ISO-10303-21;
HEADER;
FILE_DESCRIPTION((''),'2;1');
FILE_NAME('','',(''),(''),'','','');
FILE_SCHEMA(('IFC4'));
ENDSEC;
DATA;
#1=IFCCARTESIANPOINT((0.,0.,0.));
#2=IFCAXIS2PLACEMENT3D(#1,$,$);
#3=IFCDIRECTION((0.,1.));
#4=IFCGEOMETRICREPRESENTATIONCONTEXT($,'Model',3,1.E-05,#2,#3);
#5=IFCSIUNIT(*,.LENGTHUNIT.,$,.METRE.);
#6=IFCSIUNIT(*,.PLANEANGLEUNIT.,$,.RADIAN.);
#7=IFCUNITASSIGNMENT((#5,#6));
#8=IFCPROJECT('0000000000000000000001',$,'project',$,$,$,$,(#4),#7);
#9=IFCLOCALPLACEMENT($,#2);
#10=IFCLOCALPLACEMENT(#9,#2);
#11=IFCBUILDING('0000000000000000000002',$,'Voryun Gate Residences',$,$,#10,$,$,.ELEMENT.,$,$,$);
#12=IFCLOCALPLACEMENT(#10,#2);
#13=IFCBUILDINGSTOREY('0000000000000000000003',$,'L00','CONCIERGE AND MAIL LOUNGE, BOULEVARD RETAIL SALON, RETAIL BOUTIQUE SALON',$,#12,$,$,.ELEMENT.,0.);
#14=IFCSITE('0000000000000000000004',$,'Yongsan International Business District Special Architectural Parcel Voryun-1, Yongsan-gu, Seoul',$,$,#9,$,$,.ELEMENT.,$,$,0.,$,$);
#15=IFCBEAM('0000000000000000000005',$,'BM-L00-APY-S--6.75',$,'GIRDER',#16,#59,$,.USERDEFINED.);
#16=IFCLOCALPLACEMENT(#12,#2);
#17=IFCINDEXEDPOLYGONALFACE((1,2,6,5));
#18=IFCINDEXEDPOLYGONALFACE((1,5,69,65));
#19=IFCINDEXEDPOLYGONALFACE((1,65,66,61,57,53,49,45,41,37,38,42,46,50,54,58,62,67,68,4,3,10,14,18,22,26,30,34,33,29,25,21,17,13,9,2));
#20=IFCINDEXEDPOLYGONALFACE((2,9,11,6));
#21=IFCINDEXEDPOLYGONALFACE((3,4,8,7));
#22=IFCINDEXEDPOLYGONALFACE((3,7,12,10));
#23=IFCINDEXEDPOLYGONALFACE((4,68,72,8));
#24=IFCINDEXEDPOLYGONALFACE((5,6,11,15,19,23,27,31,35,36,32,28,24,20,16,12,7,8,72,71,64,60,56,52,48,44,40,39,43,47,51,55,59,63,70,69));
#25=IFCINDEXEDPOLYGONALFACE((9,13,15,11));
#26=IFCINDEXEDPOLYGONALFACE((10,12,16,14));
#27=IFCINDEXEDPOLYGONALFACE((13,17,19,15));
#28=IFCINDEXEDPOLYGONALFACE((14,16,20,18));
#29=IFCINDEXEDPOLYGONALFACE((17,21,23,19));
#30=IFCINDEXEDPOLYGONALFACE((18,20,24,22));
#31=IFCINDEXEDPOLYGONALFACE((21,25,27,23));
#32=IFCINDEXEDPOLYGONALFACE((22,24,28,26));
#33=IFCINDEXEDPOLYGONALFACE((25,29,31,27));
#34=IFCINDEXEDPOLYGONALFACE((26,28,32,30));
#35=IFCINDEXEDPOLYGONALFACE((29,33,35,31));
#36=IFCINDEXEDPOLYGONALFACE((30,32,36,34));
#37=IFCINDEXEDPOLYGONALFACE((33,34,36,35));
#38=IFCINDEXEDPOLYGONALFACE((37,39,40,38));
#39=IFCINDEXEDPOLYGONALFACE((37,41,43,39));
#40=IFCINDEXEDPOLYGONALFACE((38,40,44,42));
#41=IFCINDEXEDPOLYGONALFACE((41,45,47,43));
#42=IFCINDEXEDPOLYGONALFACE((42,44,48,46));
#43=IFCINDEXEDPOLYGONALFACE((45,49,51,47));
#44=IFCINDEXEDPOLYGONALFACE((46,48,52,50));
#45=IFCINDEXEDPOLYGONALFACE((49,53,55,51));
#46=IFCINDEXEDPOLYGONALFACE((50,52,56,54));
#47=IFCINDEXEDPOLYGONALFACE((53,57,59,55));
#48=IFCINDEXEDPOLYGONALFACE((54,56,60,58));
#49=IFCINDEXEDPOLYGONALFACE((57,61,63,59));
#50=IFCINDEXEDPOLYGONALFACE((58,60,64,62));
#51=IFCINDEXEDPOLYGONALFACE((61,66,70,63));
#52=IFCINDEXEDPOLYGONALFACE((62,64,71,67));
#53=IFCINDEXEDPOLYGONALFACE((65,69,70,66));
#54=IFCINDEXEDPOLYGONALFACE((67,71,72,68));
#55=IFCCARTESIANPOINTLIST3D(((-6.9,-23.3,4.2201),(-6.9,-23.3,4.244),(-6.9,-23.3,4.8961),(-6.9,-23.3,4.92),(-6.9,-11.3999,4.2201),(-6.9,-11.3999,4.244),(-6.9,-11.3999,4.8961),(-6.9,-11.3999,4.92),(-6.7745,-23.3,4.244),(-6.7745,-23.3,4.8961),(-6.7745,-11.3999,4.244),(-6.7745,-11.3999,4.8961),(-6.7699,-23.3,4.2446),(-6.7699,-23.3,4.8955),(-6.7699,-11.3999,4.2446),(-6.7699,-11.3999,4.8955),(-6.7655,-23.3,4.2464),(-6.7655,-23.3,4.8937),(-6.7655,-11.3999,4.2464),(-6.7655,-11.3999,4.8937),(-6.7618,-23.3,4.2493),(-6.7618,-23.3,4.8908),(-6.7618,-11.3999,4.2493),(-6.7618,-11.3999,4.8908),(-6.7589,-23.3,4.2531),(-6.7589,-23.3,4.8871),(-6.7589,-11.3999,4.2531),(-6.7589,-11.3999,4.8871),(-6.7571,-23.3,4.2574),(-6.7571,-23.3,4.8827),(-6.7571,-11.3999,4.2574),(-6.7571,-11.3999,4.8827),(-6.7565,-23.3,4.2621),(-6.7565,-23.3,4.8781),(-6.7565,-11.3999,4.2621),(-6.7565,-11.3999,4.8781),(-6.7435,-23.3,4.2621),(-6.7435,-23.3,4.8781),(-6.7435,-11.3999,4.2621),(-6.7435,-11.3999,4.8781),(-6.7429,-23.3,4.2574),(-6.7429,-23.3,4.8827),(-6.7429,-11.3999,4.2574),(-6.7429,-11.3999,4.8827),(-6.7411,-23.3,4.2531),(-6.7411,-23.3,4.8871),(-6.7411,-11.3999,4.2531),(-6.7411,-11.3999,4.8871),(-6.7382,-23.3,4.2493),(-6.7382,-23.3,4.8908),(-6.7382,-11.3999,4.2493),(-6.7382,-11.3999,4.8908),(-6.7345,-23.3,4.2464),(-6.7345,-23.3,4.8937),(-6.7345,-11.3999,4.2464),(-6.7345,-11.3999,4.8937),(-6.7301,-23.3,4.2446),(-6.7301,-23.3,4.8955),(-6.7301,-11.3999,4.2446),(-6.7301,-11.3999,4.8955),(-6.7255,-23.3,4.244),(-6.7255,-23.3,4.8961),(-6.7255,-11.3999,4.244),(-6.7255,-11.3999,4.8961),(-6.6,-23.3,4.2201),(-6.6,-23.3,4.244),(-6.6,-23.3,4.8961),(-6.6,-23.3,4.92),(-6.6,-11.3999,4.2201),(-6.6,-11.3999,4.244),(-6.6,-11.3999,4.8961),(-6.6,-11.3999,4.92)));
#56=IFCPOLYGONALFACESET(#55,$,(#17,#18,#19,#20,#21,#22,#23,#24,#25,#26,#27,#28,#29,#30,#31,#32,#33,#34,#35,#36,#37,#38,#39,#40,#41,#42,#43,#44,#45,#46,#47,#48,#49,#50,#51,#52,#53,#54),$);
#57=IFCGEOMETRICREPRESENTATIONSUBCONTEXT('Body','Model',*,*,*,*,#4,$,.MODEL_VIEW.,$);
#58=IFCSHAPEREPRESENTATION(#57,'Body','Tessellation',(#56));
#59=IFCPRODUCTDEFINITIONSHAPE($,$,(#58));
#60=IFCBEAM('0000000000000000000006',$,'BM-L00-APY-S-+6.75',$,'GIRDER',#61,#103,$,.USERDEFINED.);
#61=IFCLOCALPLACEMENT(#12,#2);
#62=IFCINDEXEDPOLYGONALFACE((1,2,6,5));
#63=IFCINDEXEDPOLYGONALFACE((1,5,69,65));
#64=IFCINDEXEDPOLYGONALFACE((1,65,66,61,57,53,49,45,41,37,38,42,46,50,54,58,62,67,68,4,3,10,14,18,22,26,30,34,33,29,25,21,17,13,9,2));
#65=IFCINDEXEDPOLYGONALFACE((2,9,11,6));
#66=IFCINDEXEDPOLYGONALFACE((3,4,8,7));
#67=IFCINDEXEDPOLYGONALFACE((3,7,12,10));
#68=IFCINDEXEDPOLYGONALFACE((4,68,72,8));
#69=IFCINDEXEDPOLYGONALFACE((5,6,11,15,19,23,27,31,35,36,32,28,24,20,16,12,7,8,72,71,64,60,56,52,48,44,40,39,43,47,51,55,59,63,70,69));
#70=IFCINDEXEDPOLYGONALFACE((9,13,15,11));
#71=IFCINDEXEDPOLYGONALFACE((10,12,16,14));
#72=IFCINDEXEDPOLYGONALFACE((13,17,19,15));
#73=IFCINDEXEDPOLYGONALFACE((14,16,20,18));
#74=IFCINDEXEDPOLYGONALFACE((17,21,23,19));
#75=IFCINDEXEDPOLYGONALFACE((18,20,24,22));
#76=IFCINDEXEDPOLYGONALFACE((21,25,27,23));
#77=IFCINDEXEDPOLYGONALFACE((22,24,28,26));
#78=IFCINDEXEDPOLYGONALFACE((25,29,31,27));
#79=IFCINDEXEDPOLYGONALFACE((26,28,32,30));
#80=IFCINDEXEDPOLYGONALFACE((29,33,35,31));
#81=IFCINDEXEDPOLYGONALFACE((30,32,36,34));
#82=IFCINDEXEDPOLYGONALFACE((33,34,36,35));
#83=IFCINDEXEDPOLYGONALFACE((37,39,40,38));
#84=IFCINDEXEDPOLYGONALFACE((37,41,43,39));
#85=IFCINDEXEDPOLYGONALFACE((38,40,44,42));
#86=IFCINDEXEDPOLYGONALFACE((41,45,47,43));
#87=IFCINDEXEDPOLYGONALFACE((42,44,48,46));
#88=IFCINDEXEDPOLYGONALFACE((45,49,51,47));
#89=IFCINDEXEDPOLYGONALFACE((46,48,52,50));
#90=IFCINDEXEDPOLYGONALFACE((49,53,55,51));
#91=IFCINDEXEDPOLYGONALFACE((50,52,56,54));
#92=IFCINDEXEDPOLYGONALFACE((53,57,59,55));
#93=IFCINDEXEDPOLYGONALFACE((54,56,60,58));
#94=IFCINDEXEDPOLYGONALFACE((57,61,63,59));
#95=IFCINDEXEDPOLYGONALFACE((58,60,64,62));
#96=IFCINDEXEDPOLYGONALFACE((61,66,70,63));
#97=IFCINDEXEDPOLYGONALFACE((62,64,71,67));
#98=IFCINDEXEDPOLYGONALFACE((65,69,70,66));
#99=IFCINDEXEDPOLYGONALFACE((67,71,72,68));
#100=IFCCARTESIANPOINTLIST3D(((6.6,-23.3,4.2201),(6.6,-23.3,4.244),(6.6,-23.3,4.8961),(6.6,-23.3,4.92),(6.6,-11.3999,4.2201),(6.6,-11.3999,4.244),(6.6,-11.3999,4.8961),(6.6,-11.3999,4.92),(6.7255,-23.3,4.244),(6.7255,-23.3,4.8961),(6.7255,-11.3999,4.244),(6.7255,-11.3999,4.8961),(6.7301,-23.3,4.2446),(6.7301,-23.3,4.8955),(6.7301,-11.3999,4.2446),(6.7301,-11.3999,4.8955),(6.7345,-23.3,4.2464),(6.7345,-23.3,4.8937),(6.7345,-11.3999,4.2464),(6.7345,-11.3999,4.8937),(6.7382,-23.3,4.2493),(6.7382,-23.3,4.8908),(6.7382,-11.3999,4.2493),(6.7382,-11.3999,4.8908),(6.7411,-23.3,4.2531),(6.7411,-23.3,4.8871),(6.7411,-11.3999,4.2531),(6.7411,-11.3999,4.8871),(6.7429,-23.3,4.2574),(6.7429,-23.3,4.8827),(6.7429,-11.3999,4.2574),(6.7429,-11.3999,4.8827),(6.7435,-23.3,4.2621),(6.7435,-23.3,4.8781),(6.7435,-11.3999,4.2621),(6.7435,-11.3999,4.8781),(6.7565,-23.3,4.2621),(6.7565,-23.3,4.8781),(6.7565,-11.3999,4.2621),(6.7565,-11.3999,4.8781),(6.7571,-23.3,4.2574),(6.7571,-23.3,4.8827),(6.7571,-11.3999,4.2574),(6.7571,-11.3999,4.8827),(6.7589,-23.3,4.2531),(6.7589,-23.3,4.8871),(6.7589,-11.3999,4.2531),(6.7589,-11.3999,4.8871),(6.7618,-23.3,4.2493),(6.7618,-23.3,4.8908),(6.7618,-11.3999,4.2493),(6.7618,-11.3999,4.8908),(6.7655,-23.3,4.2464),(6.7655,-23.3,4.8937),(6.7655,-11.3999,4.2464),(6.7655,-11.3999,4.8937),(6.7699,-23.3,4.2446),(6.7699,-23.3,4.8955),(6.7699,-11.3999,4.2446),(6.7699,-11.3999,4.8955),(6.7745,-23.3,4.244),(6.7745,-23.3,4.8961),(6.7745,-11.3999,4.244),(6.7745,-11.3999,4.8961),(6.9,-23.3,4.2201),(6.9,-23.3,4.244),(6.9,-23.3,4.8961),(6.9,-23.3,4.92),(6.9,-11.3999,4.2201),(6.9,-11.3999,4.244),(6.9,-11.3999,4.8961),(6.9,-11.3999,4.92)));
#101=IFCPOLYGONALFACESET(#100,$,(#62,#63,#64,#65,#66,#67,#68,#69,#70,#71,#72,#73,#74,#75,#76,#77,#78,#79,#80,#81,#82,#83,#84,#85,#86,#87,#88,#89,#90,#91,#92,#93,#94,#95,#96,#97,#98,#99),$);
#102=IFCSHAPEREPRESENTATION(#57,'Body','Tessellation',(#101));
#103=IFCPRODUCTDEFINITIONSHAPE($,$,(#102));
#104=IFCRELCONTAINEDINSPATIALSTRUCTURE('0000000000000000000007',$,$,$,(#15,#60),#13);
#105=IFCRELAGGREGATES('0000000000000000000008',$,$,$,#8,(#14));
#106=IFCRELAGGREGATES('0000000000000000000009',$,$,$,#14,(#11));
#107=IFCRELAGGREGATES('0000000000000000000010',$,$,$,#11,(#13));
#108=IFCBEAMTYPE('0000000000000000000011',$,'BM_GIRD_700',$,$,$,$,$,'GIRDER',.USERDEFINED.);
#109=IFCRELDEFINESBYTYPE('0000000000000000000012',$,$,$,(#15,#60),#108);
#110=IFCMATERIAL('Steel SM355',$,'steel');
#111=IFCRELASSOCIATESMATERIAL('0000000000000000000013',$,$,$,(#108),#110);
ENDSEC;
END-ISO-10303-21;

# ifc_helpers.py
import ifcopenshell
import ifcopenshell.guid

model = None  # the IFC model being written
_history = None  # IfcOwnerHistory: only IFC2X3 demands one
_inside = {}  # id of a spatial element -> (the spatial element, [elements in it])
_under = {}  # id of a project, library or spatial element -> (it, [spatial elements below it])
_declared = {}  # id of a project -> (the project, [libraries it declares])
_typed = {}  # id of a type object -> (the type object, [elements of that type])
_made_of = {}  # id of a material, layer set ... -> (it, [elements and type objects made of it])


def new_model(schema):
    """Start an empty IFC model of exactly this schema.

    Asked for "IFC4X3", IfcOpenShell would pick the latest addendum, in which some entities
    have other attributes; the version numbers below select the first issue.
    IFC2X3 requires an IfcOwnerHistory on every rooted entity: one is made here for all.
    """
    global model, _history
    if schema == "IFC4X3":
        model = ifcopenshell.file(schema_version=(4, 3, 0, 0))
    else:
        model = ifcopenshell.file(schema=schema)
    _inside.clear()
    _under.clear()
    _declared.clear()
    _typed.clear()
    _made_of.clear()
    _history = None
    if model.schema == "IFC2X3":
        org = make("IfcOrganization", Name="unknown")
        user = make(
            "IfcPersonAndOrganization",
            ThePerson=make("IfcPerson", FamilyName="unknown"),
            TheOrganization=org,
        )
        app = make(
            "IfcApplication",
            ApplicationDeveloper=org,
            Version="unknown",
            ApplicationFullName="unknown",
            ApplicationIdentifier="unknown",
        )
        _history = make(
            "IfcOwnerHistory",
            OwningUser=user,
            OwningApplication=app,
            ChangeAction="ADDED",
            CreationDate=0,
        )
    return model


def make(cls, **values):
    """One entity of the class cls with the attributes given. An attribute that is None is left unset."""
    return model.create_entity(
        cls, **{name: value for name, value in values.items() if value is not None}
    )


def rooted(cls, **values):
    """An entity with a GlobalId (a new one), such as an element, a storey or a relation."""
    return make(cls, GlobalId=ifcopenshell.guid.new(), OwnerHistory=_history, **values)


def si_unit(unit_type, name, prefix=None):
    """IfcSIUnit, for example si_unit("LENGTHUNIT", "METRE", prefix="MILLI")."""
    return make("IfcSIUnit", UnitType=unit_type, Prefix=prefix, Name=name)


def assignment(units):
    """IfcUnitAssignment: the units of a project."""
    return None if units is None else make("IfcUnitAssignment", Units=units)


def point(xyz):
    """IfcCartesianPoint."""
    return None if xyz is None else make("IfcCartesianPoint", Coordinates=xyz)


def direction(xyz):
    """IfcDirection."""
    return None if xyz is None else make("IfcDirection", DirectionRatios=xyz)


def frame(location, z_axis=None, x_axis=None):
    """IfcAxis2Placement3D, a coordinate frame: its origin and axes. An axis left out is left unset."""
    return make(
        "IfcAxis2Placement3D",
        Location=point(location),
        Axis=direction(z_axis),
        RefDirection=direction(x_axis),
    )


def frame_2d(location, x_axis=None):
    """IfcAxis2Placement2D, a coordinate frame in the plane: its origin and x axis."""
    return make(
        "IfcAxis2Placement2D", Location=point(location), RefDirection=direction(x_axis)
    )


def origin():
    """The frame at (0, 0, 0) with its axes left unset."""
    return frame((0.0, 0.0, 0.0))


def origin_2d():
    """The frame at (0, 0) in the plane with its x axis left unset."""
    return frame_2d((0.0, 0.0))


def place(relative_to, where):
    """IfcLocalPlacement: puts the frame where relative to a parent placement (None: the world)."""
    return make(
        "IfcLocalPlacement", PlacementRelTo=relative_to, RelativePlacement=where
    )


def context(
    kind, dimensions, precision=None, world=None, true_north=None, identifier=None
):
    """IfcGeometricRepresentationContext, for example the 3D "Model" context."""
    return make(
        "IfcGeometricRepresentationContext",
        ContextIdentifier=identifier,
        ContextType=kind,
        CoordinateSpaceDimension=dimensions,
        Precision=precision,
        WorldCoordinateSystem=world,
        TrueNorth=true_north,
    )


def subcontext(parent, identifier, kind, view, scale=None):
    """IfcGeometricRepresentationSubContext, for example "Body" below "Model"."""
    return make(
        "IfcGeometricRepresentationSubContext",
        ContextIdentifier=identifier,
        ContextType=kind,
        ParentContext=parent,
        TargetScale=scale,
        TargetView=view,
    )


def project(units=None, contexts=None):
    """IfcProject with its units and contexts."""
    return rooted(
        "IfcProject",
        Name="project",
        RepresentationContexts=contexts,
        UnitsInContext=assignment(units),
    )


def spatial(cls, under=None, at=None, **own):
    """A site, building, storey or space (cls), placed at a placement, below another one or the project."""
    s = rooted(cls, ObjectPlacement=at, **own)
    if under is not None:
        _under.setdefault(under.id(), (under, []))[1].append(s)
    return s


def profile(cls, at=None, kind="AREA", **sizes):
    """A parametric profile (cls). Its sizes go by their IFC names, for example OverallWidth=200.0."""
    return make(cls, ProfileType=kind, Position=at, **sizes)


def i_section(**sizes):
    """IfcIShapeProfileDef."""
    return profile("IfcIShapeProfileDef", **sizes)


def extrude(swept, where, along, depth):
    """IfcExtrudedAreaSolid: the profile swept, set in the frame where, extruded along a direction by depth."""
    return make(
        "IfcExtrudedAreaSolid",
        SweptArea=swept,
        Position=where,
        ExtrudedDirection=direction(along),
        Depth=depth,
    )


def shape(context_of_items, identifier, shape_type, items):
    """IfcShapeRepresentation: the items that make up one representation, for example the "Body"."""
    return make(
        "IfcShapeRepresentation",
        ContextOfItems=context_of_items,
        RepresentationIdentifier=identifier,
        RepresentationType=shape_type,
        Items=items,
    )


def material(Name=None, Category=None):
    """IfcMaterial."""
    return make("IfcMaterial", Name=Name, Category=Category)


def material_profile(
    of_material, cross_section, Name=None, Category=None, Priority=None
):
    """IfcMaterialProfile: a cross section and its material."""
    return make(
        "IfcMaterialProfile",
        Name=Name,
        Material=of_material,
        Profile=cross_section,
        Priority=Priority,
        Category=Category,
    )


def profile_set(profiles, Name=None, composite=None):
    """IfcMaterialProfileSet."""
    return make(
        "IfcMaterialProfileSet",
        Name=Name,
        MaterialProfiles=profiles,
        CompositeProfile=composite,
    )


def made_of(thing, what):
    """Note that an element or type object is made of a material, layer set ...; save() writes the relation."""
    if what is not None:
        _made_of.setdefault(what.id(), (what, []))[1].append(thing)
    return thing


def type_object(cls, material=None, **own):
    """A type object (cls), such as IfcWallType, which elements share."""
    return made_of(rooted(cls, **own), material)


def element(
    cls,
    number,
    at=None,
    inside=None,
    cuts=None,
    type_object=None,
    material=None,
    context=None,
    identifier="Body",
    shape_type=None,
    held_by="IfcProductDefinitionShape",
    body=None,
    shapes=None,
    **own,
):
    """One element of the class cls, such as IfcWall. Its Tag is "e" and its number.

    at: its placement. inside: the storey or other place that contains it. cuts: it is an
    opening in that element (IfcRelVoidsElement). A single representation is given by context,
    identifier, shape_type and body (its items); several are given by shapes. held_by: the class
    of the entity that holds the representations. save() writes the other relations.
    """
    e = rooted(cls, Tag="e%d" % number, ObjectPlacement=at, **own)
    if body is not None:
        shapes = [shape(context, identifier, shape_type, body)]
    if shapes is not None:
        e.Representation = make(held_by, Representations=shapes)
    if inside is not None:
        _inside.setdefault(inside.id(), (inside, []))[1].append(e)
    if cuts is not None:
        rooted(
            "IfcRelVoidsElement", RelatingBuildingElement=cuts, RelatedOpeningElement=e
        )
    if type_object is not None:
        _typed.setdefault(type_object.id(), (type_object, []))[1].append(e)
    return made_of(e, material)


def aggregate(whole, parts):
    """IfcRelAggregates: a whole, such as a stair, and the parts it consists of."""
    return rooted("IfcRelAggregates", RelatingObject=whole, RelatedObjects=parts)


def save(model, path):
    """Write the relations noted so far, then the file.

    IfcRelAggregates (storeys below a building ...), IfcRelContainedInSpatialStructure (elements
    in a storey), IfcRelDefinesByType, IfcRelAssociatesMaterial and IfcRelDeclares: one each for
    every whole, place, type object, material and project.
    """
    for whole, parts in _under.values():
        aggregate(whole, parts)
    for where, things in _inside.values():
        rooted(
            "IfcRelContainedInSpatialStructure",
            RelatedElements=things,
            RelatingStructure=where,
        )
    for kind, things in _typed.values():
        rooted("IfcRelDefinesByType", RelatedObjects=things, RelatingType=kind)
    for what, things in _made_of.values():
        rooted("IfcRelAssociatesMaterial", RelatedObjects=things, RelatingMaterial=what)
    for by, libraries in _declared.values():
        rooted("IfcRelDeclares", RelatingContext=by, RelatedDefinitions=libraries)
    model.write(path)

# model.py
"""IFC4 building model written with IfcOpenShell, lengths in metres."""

from ifc_helpers import new_model, si_unit, direction, frame, origin, origin_2d, place, context, subcontext, project, spatial, i_section, extrude, material, material_profile, profile_set, type_object, element, save


model = new_model("IFC4")

# Units and contexts
model_context = context("Model", 3, precision=1e-05, world=origin(), true_north=direction((0.0, 1.0)))
body_context = subcontext(model_context, "Body", "Model", "MODEL_VIEW")
ifc_project = project(units=[si_unit("LENGTHUNIT", "METRE"), si_unit("PLANEANGLEUNIT", "RADIAN")], contexts=[model_context])

# Site, building, storey
site_placement = place(None, origin())
site = spatial("IfcSite", under=ifc_project, at=site_placement, Name="Yongsan International Business District Special Architectural Parcel Voryun-1, Yongsan-gu, Seoul", CompositionType="ELEMENT", RefElevation=0.0)
building_placement = place(site_placement, origin())
building = spatial("IfcBuilding", under=site, at=building_placement, Name="Voryun Gate Residences", CompositionType="ELEMENT")
storey_placement = place(building_placement, origin())
storey = spatial("IfcBuildingStorey", under=building, at=storey_placement, Name="L00", Description="CONCIERGE AND MAIL LOUNGE, BOULEVARD RETAIL SALON, RETAIL BOUTIQUE SALON", CompositionType="ELEMENT", Elevation=0.0)

# Beams
ifc_material_1 = material(Name="Steel SM355", Category="steel")
ifc_material_profile_1 = material_profile(ifc_material_1, i_section(OverallWidth=0.3, OverallDepth=0.7, WebThickness=0.0129, FlangeThickness=0.0239, FilletRadius=0.0181, at=origin_2d()), Name="H-700x300x13x24")
ifc_profile_set_1 = profile_set([ifc_material_profile_1], Name="Steel SM355")
beam_type = type_object("IfcBeamType", Name="BM_GIRD_700", ElementType="GIRDER", PredefinedType="USERDEFINED", material=ifc_profile_set_1)
for number, where, z_axis, x_axis, name in (
    (1, (-6.75, -23.3, 4.5701), (0.0, 1.0, 0.0), (-1.0, 0.0, 0.0), "BM-L00-APY-S--6.75"),
    (2, (6.75, -23.3, 4.5701), (0.0, 1.0, 0.0), (-1.0, 0.0, 0.0), "BM-L00-APY-S-+6.75"),
):
    element("IfcBeam", number, at=place(storey_placement, frame(where, z_axis=z_axis, x_axis=x_axis)), inside=storey, type_object=beam_type, Name=name, ObjectType="GIRDER", PredefinedType="USERDEFINED", context=body_context, shape_type="SweptSolid", body=[
        extrude(i_section(OverallWidth=0.3, OverallDepth=0.7, WebThickness=0.0129, FlangeThickness=0.0239, FilletRadius=0.0181, at=origin_2d()), origin(), (0.0, 0.0, 1.0), 11.9001),
    ])

save(model, "model.ifc")
